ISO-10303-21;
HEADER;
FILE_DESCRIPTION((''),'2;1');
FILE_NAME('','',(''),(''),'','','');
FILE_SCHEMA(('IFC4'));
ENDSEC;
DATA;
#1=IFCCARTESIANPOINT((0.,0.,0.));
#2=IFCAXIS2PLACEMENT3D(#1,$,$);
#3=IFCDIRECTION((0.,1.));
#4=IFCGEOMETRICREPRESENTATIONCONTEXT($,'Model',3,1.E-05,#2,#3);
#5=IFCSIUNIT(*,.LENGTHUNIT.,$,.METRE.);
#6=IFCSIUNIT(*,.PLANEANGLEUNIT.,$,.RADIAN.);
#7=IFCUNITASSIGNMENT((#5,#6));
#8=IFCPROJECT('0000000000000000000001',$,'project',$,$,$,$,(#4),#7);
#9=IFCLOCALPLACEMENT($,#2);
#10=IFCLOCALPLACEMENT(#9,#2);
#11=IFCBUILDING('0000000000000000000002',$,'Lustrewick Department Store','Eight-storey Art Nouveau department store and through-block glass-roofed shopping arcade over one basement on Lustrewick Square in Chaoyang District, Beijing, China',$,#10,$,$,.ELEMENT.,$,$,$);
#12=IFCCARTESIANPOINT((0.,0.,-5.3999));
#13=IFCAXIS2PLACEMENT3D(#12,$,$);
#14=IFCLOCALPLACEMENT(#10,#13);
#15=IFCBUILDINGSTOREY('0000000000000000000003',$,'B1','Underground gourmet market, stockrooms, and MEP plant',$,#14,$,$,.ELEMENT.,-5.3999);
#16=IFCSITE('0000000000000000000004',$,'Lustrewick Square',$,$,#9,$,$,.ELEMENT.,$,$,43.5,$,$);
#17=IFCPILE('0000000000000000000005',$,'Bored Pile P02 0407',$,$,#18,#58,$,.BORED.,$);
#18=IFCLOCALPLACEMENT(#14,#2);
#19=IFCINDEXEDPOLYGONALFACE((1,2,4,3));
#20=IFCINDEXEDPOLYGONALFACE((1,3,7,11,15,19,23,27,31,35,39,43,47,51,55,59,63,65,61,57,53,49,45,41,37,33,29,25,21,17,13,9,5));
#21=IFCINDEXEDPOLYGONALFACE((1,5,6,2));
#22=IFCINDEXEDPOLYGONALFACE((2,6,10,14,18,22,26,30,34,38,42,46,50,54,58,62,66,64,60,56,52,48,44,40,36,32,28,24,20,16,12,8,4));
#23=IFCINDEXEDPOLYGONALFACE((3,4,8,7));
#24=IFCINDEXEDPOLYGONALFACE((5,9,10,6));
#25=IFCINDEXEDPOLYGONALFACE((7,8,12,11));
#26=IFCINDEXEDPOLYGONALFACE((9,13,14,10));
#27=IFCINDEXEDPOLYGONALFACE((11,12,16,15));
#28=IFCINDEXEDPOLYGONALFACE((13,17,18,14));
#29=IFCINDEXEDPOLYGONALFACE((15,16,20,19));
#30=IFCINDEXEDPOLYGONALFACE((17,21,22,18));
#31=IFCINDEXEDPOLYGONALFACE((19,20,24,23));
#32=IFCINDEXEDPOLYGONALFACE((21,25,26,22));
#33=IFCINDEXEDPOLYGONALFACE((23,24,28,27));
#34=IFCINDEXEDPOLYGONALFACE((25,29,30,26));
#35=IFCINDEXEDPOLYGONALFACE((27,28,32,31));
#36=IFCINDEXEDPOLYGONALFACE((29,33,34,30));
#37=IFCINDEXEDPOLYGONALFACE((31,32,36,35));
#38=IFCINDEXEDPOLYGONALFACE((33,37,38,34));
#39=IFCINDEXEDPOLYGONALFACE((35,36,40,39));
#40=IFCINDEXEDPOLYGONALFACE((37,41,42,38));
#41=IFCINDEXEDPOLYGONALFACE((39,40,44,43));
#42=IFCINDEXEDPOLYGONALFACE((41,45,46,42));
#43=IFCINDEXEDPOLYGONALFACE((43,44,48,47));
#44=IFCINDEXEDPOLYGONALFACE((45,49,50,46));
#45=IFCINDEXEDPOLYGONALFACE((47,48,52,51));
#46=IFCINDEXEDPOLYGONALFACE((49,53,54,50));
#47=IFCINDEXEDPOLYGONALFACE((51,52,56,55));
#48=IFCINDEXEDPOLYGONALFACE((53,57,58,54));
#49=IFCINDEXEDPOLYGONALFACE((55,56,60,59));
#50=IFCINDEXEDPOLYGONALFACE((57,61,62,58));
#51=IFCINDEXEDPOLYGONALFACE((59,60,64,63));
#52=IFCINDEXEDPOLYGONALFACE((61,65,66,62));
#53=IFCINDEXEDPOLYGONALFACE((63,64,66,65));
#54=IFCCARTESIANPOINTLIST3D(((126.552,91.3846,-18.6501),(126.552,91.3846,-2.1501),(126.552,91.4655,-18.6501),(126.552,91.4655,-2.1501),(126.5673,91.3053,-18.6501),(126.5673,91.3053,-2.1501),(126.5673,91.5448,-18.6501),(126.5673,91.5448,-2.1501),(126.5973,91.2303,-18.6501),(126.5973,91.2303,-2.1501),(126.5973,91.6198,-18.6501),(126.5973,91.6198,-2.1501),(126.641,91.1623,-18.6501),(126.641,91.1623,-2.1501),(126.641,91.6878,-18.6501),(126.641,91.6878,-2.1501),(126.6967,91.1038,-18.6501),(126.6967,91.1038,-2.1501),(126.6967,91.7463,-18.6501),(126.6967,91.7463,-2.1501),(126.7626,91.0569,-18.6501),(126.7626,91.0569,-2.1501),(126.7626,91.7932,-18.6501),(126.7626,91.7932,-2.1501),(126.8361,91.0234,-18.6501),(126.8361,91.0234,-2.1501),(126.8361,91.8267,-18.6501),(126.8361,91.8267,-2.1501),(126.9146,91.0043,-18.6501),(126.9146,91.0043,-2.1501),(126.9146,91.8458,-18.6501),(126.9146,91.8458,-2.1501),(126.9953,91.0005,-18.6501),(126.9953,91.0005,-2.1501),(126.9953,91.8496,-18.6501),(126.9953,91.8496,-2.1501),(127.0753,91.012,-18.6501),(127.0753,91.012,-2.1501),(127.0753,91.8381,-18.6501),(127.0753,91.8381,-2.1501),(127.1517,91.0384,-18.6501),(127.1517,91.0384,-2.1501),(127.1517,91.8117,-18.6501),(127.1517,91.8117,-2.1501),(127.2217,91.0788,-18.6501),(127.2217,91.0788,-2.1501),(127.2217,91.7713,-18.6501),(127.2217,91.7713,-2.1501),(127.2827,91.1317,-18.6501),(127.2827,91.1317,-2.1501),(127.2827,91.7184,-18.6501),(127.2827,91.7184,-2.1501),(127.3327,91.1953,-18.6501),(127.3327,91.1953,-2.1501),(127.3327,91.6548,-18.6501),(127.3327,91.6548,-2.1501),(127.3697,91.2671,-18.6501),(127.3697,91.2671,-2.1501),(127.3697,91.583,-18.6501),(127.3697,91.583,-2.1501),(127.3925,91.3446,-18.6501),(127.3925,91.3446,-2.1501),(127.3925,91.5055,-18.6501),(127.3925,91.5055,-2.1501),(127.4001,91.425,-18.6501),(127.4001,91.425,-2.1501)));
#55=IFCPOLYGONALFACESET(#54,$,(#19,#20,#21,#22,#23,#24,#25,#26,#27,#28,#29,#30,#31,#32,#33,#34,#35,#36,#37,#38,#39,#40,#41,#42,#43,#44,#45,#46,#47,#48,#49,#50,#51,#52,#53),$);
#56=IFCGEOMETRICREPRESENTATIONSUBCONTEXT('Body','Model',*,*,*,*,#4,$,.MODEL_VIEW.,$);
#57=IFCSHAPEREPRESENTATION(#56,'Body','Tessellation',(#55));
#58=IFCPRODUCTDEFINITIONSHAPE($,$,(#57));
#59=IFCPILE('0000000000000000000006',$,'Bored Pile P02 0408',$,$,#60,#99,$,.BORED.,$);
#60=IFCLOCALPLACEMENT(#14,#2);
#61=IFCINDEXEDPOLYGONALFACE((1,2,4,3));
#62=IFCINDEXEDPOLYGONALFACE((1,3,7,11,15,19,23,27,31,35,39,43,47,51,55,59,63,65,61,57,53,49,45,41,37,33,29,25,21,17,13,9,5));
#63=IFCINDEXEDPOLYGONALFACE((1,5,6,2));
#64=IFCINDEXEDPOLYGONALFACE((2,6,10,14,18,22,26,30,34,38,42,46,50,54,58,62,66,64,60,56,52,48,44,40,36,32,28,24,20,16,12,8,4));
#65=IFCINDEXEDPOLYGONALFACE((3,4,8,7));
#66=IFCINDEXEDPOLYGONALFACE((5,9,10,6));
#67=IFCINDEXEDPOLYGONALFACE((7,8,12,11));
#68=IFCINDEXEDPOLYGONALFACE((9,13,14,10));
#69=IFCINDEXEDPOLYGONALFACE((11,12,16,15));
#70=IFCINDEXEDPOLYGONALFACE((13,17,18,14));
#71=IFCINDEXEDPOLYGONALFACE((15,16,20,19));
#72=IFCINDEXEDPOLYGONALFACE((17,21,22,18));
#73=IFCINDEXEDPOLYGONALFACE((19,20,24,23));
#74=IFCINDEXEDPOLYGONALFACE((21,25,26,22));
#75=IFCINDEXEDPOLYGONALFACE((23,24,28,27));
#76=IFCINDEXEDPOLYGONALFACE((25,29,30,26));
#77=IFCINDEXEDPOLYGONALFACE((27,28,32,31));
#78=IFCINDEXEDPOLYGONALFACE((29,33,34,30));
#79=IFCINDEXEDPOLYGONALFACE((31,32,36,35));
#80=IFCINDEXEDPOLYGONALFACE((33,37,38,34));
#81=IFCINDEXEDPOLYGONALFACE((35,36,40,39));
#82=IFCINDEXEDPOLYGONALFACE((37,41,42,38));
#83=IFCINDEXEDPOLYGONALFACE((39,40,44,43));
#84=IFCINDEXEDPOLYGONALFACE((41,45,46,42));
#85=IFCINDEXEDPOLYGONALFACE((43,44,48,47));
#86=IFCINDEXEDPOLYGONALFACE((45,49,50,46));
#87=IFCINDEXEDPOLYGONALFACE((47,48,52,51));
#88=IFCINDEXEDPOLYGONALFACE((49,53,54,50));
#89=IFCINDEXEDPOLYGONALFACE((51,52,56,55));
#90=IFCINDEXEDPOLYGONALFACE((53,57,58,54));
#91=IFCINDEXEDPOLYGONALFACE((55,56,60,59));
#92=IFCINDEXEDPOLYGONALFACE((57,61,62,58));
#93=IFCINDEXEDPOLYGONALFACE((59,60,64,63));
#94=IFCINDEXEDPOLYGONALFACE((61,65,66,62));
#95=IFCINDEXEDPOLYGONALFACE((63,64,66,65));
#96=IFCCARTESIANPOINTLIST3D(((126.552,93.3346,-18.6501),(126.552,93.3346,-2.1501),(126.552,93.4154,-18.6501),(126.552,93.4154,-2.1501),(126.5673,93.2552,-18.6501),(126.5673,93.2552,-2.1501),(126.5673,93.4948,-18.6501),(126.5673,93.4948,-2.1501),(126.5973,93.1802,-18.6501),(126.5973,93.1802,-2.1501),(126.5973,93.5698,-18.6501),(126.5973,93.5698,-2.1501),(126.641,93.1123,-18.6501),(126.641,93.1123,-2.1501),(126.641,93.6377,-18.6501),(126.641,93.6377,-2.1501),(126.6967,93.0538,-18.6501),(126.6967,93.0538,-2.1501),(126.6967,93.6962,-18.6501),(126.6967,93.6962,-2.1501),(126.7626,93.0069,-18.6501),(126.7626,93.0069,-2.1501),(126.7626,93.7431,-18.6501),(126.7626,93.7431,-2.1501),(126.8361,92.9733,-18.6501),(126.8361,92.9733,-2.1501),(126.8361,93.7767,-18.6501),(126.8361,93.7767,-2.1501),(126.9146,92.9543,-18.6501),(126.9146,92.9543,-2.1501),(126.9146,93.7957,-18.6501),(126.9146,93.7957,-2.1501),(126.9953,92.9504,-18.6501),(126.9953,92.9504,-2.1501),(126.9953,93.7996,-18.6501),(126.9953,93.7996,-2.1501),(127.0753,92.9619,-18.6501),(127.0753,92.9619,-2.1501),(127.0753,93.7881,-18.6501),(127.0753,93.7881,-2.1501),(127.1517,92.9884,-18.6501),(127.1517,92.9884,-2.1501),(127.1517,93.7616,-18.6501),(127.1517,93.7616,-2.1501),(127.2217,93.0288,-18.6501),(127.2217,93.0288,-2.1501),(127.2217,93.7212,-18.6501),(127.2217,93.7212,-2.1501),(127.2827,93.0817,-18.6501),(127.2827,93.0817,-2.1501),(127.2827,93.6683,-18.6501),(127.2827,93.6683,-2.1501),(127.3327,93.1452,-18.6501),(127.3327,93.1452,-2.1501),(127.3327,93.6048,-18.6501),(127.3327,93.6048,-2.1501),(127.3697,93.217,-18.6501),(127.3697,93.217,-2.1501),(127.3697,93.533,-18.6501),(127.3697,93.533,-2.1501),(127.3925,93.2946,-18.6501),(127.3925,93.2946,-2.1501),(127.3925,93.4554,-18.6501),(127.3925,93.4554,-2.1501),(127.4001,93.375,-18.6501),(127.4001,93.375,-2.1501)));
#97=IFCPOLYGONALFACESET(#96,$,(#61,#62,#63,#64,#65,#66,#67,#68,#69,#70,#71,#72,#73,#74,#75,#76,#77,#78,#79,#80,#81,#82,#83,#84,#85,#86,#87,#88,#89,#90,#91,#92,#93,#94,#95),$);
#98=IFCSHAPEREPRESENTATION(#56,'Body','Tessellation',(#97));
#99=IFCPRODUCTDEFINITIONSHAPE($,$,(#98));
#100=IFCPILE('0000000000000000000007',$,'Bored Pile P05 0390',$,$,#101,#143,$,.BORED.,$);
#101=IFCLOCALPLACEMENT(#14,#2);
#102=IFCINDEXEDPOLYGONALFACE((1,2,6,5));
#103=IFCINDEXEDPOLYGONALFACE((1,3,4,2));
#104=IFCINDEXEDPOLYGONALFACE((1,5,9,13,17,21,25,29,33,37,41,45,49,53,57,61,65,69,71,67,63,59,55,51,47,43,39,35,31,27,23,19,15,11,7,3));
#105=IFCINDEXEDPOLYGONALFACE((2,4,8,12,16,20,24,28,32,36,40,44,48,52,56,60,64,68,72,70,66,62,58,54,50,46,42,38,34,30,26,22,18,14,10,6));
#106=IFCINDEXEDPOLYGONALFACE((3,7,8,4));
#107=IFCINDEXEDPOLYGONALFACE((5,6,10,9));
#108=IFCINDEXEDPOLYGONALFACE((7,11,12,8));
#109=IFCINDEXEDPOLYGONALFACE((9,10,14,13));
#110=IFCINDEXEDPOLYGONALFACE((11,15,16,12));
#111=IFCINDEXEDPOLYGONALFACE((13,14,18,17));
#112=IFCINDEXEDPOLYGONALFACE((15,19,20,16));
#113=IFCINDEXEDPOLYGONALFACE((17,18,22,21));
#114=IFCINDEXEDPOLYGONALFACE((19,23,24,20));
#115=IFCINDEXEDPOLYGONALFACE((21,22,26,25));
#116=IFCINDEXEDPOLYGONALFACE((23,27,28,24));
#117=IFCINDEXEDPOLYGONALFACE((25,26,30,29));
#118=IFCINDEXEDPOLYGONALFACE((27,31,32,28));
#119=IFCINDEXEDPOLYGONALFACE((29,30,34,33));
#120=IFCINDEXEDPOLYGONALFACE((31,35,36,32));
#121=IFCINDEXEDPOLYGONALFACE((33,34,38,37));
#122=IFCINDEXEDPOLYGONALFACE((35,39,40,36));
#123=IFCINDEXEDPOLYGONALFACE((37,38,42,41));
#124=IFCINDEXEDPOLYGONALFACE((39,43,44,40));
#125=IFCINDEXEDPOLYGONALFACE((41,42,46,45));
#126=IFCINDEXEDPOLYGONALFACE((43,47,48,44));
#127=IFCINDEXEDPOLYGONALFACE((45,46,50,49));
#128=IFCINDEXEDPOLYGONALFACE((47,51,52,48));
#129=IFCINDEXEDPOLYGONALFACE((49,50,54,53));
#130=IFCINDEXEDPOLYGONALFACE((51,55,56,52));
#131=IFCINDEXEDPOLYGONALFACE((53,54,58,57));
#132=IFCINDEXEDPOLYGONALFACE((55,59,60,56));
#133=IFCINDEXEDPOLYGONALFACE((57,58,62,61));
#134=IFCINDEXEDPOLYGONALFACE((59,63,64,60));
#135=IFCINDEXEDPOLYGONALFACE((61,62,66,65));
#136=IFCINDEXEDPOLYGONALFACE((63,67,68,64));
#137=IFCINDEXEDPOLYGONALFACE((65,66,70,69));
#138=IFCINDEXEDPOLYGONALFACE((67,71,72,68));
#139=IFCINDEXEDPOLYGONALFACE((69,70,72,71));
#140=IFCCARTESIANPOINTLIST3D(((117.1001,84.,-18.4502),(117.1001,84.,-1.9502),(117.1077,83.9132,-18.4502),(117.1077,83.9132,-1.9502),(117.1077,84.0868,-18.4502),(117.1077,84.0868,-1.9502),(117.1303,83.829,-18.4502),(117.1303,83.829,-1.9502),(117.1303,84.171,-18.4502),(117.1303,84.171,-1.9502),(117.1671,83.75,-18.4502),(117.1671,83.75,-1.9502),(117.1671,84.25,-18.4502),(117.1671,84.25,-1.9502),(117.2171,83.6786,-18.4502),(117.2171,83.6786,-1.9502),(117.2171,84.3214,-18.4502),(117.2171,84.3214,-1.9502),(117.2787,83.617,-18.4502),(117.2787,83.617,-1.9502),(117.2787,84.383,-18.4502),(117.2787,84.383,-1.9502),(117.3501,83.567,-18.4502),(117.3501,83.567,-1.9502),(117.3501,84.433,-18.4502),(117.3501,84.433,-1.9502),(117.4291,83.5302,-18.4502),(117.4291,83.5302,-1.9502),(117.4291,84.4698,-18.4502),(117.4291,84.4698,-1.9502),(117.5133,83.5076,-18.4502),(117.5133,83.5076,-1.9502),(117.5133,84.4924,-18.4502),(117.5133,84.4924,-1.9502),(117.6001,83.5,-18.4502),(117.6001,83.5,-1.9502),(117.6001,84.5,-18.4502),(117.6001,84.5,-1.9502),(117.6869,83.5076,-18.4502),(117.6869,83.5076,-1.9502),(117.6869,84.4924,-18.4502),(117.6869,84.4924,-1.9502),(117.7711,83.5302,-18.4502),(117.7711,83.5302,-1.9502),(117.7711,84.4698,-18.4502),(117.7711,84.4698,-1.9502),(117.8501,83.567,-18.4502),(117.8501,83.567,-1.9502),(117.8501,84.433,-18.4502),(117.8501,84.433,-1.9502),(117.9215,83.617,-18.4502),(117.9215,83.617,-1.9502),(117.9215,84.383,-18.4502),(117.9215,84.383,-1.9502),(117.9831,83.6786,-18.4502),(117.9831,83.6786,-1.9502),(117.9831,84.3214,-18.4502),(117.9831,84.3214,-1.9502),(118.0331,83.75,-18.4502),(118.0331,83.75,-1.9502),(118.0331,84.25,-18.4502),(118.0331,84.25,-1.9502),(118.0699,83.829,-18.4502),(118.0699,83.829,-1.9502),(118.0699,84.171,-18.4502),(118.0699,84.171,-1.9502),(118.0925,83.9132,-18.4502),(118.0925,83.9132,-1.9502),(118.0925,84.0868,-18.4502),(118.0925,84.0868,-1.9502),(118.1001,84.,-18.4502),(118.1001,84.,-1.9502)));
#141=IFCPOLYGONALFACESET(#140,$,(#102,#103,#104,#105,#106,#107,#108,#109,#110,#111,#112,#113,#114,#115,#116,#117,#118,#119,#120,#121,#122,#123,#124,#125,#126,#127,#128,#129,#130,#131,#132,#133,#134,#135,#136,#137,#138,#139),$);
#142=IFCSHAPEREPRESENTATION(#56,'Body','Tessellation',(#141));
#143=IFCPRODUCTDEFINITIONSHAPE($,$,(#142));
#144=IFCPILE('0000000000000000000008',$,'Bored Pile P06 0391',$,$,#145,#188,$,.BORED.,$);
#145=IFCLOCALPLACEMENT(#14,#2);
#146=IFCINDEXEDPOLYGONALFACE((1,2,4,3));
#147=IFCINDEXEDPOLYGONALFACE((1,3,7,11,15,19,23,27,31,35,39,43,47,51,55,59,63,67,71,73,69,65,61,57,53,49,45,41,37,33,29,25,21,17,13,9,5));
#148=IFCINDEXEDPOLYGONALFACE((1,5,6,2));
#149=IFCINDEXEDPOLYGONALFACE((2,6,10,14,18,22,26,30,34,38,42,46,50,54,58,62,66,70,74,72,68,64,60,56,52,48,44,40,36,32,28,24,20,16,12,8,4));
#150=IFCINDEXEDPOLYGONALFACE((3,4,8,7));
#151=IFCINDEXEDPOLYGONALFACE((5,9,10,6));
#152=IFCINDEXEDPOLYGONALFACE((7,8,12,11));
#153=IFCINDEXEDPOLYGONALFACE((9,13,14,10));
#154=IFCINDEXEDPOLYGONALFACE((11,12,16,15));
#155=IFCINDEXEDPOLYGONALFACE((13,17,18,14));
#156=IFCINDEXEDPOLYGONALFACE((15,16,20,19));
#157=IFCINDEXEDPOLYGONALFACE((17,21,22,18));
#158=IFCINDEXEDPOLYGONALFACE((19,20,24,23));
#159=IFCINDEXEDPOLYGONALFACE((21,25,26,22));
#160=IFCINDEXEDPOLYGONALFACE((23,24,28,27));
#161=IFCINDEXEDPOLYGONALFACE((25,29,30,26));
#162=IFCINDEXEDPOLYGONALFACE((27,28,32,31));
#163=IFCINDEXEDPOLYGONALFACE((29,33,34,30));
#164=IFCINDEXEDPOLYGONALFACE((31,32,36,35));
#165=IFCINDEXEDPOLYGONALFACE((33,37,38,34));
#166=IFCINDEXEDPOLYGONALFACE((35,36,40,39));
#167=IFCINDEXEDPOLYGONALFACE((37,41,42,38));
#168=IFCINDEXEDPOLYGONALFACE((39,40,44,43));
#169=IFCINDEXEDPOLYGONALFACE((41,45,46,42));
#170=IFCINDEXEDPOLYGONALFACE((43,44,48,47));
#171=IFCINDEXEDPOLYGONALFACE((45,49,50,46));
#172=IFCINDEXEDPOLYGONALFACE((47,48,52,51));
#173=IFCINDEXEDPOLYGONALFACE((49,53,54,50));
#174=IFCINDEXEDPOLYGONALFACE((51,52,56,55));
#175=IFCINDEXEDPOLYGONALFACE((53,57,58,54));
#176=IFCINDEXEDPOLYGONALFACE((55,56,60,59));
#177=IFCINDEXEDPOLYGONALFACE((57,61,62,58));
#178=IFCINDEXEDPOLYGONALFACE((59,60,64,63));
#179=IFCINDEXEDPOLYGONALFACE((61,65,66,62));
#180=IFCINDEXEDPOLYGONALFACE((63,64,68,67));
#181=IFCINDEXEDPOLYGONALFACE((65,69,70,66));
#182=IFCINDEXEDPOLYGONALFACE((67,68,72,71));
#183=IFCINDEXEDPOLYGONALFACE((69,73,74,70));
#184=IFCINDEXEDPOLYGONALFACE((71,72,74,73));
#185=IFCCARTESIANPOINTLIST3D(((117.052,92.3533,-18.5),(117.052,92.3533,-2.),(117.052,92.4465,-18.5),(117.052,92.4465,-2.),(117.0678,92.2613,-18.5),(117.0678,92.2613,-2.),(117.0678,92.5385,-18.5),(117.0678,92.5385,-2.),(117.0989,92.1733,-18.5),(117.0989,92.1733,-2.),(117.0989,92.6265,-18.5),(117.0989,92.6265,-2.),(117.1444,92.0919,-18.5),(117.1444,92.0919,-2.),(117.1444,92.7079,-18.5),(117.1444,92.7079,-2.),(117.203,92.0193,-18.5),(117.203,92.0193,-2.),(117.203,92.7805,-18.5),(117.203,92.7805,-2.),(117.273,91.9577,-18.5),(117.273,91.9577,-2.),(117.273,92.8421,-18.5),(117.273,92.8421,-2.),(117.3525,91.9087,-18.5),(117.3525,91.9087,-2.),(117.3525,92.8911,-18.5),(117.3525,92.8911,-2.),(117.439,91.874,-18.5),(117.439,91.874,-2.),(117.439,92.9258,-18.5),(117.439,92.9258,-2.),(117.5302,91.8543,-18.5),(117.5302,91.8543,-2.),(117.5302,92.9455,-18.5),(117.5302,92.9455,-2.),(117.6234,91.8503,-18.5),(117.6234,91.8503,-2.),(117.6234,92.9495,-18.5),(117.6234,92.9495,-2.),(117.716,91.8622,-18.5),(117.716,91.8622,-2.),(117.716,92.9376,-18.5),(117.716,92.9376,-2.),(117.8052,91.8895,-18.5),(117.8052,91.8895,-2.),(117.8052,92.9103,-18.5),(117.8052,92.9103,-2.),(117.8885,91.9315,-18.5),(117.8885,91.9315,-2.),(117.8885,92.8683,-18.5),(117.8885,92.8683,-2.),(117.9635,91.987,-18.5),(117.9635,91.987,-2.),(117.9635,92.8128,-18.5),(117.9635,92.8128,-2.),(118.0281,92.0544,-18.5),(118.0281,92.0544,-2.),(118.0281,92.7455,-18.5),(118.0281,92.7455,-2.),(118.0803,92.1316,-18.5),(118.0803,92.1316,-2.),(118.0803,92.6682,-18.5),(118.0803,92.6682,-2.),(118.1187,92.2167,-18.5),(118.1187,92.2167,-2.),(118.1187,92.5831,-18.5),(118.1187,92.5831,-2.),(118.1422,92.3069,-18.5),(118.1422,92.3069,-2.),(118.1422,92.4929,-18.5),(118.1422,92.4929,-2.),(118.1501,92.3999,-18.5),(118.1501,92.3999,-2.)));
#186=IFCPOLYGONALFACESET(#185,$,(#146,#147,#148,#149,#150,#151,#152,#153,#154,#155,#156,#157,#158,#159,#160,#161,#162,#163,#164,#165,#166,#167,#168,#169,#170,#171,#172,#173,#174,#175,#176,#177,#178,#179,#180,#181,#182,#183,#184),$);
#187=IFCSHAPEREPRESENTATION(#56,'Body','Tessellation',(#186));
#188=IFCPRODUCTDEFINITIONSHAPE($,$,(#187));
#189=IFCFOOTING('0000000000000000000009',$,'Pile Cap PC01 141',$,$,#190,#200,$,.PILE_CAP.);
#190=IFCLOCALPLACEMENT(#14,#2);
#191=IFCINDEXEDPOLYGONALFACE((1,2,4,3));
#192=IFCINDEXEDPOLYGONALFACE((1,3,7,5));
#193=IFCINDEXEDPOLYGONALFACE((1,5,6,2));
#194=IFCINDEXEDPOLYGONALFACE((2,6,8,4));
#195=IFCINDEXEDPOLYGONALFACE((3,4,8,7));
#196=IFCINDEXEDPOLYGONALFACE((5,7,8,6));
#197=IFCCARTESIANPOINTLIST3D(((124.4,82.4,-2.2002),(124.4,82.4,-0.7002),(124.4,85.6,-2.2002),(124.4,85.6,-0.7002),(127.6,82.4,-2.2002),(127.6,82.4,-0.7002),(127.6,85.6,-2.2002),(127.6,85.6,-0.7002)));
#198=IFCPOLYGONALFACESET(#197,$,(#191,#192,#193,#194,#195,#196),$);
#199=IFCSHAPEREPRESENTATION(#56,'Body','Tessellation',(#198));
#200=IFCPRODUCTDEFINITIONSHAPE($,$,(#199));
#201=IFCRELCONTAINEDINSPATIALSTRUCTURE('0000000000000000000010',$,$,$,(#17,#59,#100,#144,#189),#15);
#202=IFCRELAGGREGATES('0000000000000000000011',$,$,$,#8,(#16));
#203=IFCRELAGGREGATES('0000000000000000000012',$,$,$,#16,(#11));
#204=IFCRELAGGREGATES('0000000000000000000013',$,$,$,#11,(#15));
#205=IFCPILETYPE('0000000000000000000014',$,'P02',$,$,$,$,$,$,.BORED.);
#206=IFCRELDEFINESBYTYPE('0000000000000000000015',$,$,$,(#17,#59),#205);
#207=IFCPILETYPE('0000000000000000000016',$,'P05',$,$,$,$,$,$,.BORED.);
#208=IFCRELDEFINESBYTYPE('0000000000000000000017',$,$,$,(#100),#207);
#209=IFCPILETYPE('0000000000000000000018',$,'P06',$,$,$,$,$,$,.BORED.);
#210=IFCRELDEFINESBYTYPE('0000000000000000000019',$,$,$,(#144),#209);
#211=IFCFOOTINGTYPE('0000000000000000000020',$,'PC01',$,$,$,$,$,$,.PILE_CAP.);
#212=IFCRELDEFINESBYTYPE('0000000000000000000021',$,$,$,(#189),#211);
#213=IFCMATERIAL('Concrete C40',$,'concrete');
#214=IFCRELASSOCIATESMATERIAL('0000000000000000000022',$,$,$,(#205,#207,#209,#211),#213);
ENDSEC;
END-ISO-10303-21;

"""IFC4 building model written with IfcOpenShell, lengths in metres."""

from ifc_helpers import new_model, si_unit, direction, frame, origin, origin_2d, place, context, subcontext, project, spatial, rectangle, circle, extrude, material, material_profile, profile_set, type_object, element, save


model = new_model("IFC4")

# Units and contexts
model_context = context("Model", 3, precision=1e-05, world=origin(), true_north=direction((0.0, 1.0)))
body_context = subcontext(model_context, "Body", "Model", "MODEL_VIEW")
ifc_project = project(units=[si_unit("LENGTHUNIT", "METRE"), si_unit("PLANEANGLEUNIT", "RADIAN")], contexts=[model_context])

# Site, building, storey
site_placement = place(None, origin())
site = spatial("IfcSite", under=ifc_project, at=site_placement, Name="Lustrewick Square", CompositionType="ELEMENT", RefElevation=43.5)
building_placement = place(site_placement, origin())
building = spatial("IfcBuilding", under=site, at=building_placement, Name="Lustrewick Department Store", Description="Eight-storey Art Nouveau department store and through-block glass-roofed shopping arcade over one basement on Lustrewick Square in Chaoyang District, Beijing, China", CompositionType="ELEMENT")
storey_placement = place(building_placement, frame((0.0, 0.0, -5.3999)))
storey = spatial("IfcBuildingStorey", under=building, at=storey_placement, Name="B1", Description="Underground gourmet market, stockrooms, and MEP plant", CompositionType="ELEMENT", Elevation=-5.3999)

# Piles
ifc_material_1 = material(Name="Concrete C40", Category="concrete")
ifc_material_profile_1 = material_profile(ifc_material_1, circle(Radius=0.425, at=origin_2d()), Name="PILE D850")
ifc_profile_set_1 = profile_set([ifc_material_profile_1], Name="Concrete C40")
pile_type_1 = type_object("IfcPileType", Name="P02", PredefinedType="BORED", material=ifc_profile_set_1)
for number, where, z_axis, x_axis, name in (
    (1, (126.9751, 91.425, -2.1501), (0.0, 0.0, -1.0), (1.0, 0.0, 0.0), "Bored Pile P02 0407"),
    (2, (126.9751, 93.375, -2.1501), (0.0, 0.0, -1.0), (1.0, 0.0, 0.0), "Bored Pile P02 0408"),
):
    element("IfcPile", number, at=place(storey_placement, frame(where, z_axis=z_axis, x_axis=x_axis)), inside=storey, type_object=pile_type_1, Name=name, PredefinedType="BORED", context=body_context, shape_type="SweptSolid", body=[
        extrude(circle(Radius=0.425, at=origin_2d()), origin(), (0.0, 0.0, 1.0), 16.5),
    ])
ifc_material_profile_2 = material_profile(ifc_material_1, circle(Radius=0.5, at=origin_2d()), Name="PILE D1000")
ifc_profile_set_2 = profile_set([ifc_material_profile_2], Name="Concrete C40")
pile_type_2 = type_object("IfcPileType", Name="P05", PredefinedType="BORED", material=ifc_profile_set_2)
pile_1_placement = place(storey_placement, frame((117.6001, 84.0, -1.9502), z_axis=(0.0, 0.0, -1.0), x_axis=(1.0, 0.0, 0.0)))
element("IfcPile", 3, at=pile_1_placement, inside=storey, type_object=pile_type_2, Name="Bored Pile P05 0390", PredefinedType="BORED", context=body_context, shape_type="SweptSolid", body=[
    extrude(circle(Radius=0.5, at=origin_2d()), origin(), (0.0, 0.0, 1.0), 16.5),
])
ifc_material_profile_3 = material_profile(ifc_material_1, circle(Radius=0.55, at=origin_2d()), Name="PILE D1100")
ifc_profile_set_3 = profile_set([ifc_material_profile_3], Name="Concrete C40")
pile_type_3 = type_object("IfcPileType", Name="P06", PredefinedType="BORED", material=ifc_profile_set_3)
pile_2_placement = place(storey_placement, frame((117.6001, 92.3999, -2.0), z_axis=(0.0, 0.0, -1.0), x_axis=(1.0, 0.0, 0.0)))
element("IfcPile", 4, at=pile_2_placement, inside=storey, type_object=pile_type_3, Name="Bored Pile P06 0391", PredefinedType="BORED", context=body_context, shape_type="SweptSolid", body=[
    extrude(circle(Radius=0.55, at=origin_2d()), origin(), (0.0, 0.0, 1.0), 16.5),
])

# Footing
footing_type_1 = type_object("IfcFootingType", Name="PC01", PredefinedType="PILE_CAP", material=ifc_material_1)
footing_1_placement = place(storey_placement, frame((126.0, 84.0, -2.2002), z_axis=(0.0, 0.0, 1.0), x_axis=(1.0, 0.0, 0.0)))
element("IfcFooting", 5, at=footing_1_placement, inside=storey, type_object=footing_type_1, Name="Pile Cap PC01 141", PredefinedType="PILE_CAP", context=body_context, shape_type="SweptSolid", body=[
    extrude(rectangle(XDim=3.2, YDim=3.2, at=origin_2d()), origin(), (0.0, 0.0, 1.0), 1.5),
])

save(model, "model.ifc")
